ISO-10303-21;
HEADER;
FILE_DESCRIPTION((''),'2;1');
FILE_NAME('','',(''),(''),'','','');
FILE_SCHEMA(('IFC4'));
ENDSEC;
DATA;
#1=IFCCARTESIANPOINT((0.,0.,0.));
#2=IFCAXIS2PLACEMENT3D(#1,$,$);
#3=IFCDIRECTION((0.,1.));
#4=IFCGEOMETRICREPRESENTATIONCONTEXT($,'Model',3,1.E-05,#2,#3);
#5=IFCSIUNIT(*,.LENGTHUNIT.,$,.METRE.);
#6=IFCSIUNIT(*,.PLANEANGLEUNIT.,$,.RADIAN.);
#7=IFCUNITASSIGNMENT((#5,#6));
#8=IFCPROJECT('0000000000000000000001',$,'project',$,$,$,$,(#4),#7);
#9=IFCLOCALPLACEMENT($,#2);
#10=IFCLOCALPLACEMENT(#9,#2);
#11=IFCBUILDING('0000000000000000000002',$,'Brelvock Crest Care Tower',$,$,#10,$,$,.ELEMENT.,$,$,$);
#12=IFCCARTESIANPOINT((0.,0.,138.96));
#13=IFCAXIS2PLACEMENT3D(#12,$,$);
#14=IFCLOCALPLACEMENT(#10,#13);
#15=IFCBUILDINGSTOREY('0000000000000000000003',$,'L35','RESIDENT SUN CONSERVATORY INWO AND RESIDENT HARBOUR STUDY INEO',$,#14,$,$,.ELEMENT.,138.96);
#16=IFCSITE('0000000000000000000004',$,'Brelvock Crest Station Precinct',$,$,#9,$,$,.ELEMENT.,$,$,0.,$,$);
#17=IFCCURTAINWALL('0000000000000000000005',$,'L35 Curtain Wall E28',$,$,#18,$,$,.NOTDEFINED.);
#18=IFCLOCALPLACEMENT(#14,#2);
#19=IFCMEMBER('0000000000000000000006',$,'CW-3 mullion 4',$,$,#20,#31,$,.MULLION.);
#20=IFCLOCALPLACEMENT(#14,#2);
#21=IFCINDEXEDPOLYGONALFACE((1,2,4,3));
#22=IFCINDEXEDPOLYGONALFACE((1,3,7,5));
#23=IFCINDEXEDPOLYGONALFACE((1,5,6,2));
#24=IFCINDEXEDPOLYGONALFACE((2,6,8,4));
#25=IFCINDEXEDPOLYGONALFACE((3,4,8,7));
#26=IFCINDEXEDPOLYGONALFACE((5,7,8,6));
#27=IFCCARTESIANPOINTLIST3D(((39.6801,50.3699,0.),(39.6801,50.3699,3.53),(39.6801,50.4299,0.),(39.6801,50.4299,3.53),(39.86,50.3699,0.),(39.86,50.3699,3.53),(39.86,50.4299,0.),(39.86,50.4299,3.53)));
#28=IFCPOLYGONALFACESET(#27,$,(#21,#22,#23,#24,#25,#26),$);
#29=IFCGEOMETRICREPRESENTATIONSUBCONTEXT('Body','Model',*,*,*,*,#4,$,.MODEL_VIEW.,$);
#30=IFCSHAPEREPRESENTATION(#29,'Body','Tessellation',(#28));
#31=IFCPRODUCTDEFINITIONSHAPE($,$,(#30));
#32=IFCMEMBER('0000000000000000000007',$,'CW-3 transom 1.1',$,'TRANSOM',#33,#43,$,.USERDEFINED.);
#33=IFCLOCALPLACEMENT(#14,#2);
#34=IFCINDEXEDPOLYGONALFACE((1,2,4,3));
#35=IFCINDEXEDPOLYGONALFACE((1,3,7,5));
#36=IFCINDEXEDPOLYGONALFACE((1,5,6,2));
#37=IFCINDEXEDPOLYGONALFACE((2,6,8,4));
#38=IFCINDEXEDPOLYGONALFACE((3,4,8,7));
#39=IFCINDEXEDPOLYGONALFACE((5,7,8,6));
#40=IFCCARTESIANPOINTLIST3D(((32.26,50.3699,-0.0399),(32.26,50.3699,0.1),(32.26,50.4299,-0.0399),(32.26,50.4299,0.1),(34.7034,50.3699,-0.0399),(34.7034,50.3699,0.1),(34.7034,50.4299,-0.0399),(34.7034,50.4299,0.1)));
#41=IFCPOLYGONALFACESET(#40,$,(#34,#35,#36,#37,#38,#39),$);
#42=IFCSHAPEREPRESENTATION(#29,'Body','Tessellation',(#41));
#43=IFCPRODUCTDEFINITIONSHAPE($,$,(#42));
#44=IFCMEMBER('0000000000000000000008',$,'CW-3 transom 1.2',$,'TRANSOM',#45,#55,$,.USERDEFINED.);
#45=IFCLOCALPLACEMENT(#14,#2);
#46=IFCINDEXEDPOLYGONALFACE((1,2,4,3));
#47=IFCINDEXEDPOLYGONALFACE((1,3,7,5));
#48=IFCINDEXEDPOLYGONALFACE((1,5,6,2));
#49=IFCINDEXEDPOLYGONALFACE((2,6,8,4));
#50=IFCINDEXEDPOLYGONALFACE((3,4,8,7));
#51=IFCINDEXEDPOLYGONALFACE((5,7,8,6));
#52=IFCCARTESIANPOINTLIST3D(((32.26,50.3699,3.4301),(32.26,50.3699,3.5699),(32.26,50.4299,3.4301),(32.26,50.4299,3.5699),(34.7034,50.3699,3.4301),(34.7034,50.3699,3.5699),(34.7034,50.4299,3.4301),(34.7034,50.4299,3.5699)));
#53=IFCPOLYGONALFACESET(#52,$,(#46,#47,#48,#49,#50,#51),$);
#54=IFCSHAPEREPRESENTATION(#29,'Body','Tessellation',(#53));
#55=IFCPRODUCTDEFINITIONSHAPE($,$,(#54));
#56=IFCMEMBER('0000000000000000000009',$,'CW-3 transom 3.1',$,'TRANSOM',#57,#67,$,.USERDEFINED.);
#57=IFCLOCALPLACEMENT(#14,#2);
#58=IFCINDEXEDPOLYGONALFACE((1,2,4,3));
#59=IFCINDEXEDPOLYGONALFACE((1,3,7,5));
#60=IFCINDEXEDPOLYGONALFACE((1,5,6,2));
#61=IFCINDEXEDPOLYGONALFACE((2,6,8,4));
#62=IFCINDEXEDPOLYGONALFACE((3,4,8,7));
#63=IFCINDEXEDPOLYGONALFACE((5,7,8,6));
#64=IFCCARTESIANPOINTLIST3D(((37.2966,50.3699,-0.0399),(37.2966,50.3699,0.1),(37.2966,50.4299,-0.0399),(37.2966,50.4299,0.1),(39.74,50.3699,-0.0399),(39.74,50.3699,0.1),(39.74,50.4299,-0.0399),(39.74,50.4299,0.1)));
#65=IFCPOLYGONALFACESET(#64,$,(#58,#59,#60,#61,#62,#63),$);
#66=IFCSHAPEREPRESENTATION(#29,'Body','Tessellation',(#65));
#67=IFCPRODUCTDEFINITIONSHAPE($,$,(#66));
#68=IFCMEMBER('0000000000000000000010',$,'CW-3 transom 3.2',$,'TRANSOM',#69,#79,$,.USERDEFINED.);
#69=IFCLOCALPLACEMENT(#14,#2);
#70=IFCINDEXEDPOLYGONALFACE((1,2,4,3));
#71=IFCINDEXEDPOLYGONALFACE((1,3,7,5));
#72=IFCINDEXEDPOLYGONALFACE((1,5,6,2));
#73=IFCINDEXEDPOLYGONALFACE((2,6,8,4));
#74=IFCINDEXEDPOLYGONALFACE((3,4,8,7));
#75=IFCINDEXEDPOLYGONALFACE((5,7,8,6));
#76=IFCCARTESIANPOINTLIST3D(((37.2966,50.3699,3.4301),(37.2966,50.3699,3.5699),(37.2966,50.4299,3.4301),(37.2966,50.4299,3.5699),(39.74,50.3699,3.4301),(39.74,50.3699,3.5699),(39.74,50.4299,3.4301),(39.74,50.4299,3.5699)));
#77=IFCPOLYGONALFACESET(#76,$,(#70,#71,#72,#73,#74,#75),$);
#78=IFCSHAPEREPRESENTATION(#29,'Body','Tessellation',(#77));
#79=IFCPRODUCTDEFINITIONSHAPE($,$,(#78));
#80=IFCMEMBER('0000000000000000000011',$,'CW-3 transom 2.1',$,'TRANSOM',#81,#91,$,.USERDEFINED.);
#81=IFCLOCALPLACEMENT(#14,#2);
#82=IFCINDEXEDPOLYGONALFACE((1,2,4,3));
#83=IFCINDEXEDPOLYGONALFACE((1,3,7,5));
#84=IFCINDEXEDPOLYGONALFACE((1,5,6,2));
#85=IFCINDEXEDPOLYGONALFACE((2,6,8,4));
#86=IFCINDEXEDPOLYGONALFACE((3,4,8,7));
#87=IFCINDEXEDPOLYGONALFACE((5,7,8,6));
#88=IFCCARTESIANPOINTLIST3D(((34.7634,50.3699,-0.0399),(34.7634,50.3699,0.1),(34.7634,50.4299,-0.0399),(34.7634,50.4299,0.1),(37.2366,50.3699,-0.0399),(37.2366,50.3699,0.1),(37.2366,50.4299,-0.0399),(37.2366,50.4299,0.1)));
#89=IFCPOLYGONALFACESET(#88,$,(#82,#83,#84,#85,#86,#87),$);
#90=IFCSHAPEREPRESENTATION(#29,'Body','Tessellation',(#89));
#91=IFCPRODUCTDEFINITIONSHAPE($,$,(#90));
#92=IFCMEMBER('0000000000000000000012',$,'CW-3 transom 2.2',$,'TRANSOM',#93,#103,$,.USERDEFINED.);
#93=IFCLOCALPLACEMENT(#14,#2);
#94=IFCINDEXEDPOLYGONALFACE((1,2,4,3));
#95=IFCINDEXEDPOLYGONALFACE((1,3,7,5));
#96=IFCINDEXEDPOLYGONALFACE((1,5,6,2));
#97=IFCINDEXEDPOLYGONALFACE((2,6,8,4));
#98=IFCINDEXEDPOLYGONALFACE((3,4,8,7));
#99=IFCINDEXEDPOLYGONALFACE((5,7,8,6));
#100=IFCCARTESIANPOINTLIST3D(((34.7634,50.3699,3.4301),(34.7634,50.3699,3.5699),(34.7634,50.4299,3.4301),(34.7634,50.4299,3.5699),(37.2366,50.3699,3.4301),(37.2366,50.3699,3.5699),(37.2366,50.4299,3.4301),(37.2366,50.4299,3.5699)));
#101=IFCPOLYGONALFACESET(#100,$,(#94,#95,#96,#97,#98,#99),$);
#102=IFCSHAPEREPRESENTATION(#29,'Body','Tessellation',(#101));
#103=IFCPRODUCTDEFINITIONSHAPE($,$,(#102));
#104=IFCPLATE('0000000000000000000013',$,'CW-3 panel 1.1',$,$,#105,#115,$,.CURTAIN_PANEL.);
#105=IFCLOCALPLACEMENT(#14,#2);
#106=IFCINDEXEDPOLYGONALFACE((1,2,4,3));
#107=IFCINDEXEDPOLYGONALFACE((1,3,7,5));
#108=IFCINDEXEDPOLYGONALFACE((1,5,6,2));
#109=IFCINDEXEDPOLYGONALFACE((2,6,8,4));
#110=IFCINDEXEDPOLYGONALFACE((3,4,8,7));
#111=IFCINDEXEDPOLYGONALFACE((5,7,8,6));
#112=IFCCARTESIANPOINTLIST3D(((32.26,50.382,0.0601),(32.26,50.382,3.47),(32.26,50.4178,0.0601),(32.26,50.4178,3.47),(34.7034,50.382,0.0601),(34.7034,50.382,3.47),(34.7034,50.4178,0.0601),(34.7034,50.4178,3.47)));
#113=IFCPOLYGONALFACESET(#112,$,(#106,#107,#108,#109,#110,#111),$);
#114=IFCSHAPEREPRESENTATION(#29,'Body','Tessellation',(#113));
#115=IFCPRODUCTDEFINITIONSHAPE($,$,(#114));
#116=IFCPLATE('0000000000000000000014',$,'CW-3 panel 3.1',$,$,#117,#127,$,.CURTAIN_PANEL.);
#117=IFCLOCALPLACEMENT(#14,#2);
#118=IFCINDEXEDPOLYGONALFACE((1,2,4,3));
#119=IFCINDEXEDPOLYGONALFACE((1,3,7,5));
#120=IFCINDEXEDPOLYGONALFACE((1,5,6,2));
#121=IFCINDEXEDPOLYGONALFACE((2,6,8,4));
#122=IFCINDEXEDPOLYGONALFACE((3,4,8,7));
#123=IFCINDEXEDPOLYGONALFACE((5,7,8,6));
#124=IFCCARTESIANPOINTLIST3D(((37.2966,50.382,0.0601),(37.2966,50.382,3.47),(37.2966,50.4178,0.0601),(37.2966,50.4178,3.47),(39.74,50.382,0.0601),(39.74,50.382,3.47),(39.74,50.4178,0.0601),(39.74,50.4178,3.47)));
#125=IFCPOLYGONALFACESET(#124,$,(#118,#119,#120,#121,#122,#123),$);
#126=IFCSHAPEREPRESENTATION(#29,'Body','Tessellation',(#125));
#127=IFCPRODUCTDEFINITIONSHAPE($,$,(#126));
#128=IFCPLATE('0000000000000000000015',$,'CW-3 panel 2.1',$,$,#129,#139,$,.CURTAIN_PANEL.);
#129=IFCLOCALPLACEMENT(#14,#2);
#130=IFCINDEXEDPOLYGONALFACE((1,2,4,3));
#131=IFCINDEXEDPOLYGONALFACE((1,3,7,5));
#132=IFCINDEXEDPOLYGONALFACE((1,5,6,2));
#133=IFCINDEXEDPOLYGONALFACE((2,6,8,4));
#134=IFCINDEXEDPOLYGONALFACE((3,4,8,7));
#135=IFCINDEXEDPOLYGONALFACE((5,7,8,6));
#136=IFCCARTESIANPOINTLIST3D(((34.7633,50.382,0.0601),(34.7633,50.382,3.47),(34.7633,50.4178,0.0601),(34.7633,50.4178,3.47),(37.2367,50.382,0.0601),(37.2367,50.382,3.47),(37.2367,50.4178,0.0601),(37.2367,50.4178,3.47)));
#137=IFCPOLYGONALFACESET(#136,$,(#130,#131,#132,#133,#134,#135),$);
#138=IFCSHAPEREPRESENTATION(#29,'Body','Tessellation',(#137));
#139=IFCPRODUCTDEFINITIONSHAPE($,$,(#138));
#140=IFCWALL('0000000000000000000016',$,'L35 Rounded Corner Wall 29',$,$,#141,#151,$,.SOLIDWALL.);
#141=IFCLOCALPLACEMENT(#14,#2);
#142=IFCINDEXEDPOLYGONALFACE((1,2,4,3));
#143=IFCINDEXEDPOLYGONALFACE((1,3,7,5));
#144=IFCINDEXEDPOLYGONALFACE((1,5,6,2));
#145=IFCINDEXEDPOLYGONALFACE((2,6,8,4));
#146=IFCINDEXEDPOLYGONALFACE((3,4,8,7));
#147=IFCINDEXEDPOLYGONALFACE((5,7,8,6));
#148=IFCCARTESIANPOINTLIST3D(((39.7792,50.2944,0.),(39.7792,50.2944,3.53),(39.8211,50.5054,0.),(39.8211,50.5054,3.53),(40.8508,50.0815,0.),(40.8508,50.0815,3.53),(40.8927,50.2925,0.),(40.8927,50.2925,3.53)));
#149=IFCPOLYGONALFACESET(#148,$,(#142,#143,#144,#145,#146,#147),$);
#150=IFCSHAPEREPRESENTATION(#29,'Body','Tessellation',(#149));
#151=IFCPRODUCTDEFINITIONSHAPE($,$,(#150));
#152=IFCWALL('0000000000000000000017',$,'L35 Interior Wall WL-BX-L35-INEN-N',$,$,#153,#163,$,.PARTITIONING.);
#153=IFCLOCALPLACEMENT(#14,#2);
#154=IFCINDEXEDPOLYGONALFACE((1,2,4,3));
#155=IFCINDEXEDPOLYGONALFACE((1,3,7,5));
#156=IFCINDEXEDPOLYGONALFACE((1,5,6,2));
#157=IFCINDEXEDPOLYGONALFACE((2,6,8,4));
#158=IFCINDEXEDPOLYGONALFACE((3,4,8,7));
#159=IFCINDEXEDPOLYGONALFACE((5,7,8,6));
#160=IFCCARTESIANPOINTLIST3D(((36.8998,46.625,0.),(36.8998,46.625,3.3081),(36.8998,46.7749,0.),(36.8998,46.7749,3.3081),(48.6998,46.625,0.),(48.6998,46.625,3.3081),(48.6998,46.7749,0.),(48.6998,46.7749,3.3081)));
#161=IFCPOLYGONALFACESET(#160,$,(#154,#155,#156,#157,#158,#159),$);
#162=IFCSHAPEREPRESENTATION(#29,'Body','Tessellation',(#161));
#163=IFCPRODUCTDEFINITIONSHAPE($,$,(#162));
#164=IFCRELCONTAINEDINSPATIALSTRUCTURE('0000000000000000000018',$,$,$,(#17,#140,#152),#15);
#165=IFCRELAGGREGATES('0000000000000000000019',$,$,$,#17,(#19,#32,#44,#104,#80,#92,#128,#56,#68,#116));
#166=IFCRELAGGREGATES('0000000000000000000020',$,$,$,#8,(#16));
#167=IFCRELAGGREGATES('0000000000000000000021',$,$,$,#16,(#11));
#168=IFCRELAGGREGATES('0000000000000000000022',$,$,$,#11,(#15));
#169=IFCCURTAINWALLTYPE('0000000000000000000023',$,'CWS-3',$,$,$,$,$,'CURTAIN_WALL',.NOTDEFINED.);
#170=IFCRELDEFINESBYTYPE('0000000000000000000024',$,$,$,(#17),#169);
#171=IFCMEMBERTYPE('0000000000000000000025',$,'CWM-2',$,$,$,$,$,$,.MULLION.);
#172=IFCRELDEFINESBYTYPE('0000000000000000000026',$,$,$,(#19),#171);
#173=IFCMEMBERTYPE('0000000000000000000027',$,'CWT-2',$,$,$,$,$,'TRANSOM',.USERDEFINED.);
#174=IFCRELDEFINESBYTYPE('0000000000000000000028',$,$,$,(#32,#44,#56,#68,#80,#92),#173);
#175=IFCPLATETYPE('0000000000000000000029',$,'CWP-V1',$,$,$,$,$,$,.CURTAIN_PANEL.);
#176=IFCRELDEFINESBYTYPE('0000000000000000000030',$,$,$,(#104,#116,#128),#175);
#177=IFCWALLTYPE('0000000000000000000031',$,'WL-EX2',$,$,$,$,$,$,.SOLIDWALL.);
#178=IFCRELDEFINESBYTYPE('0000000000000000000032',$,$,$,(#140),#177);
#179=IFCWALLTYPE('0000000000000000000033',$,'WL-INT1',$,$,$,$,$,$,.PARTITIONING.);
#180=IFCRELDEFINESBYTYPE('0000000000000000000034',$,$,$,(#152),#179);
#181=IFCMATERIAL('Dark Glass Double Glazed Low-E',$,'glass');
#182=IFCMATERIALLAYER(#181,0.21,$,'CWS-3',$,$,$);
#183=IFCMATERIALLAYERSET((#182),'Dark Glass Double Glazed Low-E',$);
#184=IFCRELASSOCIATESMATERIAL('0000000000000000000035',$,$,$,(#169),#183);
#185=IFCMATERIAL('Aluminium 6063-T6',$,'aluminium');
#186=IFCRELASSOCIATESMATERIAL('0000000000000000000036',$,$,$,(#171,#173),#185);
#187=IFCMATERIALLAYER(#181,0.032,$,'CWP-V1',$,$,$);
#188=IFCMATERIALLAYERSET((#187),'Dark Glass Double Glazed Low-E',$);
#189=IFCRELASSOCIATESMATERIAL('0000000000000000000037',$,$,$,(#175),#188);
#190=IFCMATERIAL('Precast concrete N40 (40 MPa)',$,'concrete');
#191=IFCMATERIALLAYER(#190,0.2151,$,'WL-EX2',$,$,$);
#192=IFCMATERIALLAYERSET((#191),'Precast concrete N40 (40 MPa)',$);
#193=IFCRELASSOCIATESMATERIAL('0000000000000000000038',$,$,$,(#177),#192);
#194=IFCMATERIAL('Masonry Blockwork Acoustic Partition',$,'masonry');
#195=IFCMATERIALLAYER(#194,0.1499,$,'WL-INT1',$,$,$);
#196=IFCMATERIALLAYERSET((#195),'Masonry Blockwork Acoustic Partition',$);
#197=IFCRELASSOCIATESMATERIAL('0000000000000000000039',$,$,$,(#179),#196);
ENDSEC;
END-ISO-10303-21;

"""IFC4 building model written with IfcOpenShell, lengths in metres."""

from ifc_helpers import new_model, si_unit, direction, frame, frame_2d, origin, origin_2d, place, context, subcontext, project, spatial, rectangle, extrude, source, transform, mapped, material, layer, layer_set, material_profile, profile_set, type_object, element, aggregate, save


model = new_model("IFC4")

# Units and contexts
model_context = context("Model", 3, precision=1e-05, world=origin(), true_north=direction((0.0, 1.0)))
body_context = subcontext(model_context, "Body", "Model", "MODEL_VIEW")
ifc_project = project(units=[si_unit("LENGTHUNIT", "METRE"), si_unit("PLANEANGLEUNIT", "RADIAN")], contexts=[model_context])

# Site, building, storey
site_placement = place(None, origin())
site = spatial("IfcSite", under=ifc_project, at=site_placement, Name="Brelvock Crest Station Precinct", CompositionType="ELEMENT", RefElevation=0.0)
building_placement = place(site_placement, origin())
building = spatial("IfcBuilding", under=site, at=building_placement, Name="Brelvock Crest Care Tower", CompositionType="ELEMENT")
storey_placement = place(building_placement, frame((0.0, 0.0, 138.96)))
storey = spatial("IfcBuildingStorey", under=building, at=storey_placement, Name="L35", Description="RESIDENT SUN CONSERVATORY INWO AND RESIDENT HARBOUR STUDY INEO", CompositionType="ELEMENT", Elevation=138.96)

# Curtain wall, members, plates
ifc_material_1 = material(Name="Dark Glass Double Glazed Low-E", Category="glass")
ifc_layer_1 = layer(ifc_material_1, 0.21, Name="CWS-3")
ifc_layer_set_1 = layer_set([ifc_layer_1], Name="Dark Glass Double Glazed Low-E")
curtain_wall_type = type_object("IfcCurtainWallType", Name="CWS-3", ElementType="CURTAIN_WALL", PredefinedType="NOTDEFINED", material=ifc_layer_set_1)
curtain_wall_placement = place(storey_placement, origin())
curtain_wall = element("IfcCurtainWall", 1, at=curtain_wall_placement, inside=storey, type_object=curtain_wall_type, Name="L35 Curtain Wall E28", PredefinedType="NOTDEFINED")
ifc_material_2 = material(Name="Aluminium 6063-T6", Category="aluminium")
ifc_material_profile_1 = material_profile(ifc_material_2, rectangle(XDim=0.0601, YDim=0.1799, at=origin_2d()), Name="ALU60x180")
ifc_profile_set_1 = profile_set([ifc_material_profile_1], Name="Aluminium 6063-T6")
member_type_1 = type_object("IfcMemberType", Name="CWM-2", PredefinedType="MULLION", material=ifc_profile_set_1)
shared_shape_1 = source(origin(), body_context, "Body", "SweptSolid", [
    extrude(rectangle(XDim=0.0601, YDim=0.1799, at=origin_2d()), origin(), (0.0, 0.0, 1.0), 3.53),
])
member_1_placement = place(storey_placement, frame((39.77, 50.3999, 0.0), z_axis=(0.0, 0.0, 1.0), x_axis=(0.0, 1.0, 0.0)))
member_1 = element("IfcMember", 2, at=member_1_placement, type_object=member_type_1, Name="CW-3 mullion 4", PredefinedType="MULLION", context=body_context, shape_type="MappedRepresentation", body=[
    mapped(shared_shape_1, transform((0.0, 0.0, 0.0), x_axis=(1.0, 0.0, 0.0), y_axis=(0.0, 1.0, 0.0), z_axis=(0.0, 0.0, 1.0), scale=1.0)),
])
ifc_material_profile_2 = material_profile(ifc_material_2, rectangle(XDim=0.0601, YDim=0.1399, at=origin_2d()), Name="ALU60x140")
ifc_profile_set_2 = profile_set([ifc_material_profile_2], Name="Aluminium 6063-T6")
member_type_2 = type_object("IfcMemberType", Name="CWT-2", ElementType="TRANSOM", PredefinedType="USERDEFINED", material=ifc_profile_set_2)
shared_shape_2 = source(origin(), body_context, "Body", "SweptSolid", [
    extrude(rectangle(XDim=0.0601, YDim=0.1399, at=origin_2d()), origin(), (0.0, 0.0, 1.0), 2.4434),
])
member_2_placement = place(storey_placement, frame((32.26, 50.3999, 0.03), z_axis=(1.0, 0.0, 0.0), x_axis=(0.0, 1.0, 0.0)))
member_2 = element("IfcMember", 3, at=member_2_placement, type_object=member_type_2, Name="CW-3 transom 1.1", ObjectType="TRANSOM", PredefinedType="USERDEFINED", context=body_context, shape_type="MappedRepresentation", body=[
    mapped(shared_shape_2, transform((0.0, 0.0, 0.0), x_axis=(1.0, 0.0, 0.0), y_axis=(0.0, 1.0, 0.0), z_axis=(0.0, 0.0, 1.0), scale=1.0)),
])
member_3_placement = place(storey_placement, frame((32.26, 50.3999, 3.5), z_axis=(1.0, 0.0, 0.0), x_axis=(0.0, 1.0, 0.0)))
member_3 = element("IfcMember", 4, at=member_3_placement, type_object=member_type_2, Name="CW-3 transom 1.2", ObjectType="TRANSOM", PredefinedType="USERDEFINED", context=body_context, shape_type="MappedRepresentation", body=[
    mapped(shared_shape_2, transform((0.0, 0.0, 0.0), x_axis=(1.0, 0.0, 0.0), y_axis=(0.0, 1.0, 0.0), z_axis=(0.0, 0.0, 1.0), scale=1.0)),
])
member_4_placement = place(storey_placement, frame((37.2966, 50.3999, 0.03), z_axis=(1.0, 0.0, 0.0), x_axis=(0.0, 1.0, 0.0)))
member_4 = element("IfcMember", 5, at=member_4_placement, type_object=member_type_2, Name="CW-3 transom 3.1", ObjectType="TRANSOM", PredefinedType="USERDEFINED", context=body_context, shape_type="MappedRepresentation", body=[
    mapped(shared_shape_2, transform((0.0, 0.0, 0.0), x_axis=(1.0, 0.0, 0.0), y_axis=(0.0, 1.0, 0.0), z_axis=(0.0, 0.0, 1.0), scale=1.0)),
])
member_5_placement = place(storey_placement, frame((37.2966, 50.3999, 3.5), z_axis=(1.0, 0.0, 0.0), x_axis=(0.0, 1.0, 0.0)))
member_5 = element("IfcMember", 6, at=member_5_placement, type_object=member_type_2, Name="CW-3 transom 3.2", ObjectType="TRANSOM", PredefinedType="USERDEFINED", context=body_context, shape_type="MappedRepresentation", body=[
    mapped(shared_shape_2, transform((0.0, 0.0, 0.0), x_axis=(1.0, 0.0, 0.0), y_axis=(0.0, 1.0, 0.0), z_axis=(0.0, 0.0, 1.0), scale=1.0)),
])
shared_shape_3 = source(origin(), body_context, "Body", "SweptSolid", [
    extrude(rectangle(XDim=0.0601, YDim=0.1399, at=origin_2d()), origin(), (0.0, 0.0, 1.0), 2.4731),
])
member_6_placement = place(storey_placement, frame((34.7634, 50.3999, 0.03), z_axis=(1.0, 0.0, 0.0), x_axis=(0.0, 1.0, 0.0)))
member_6 = element("IfcMember", 7, at=member_6_placement, type_object=member_type_2, Name="CW-3 transom 2.1", ObjectType="TRANSOM", PredefinedType="USERDEFINED", context=body_context, shape_type="MappedRepresentation", body=[
    mapped(shared_shape_3, transform((0.0, 0.0, 0.0), x_axis=(1.0, 0.0, 0.0), y_axis=(0.0, 1.0, 0.0), z_axis=(0.0, 0.0, 1.0), scale=1.0)),
])
member_7_placement = place(storey_placement, frame((34.7634, 50.3999, 3.5), z_axis=(1.0, 0.0, 0.0), x_axis=(0.0, 1.0, 0.0)))
member_7 = element("IfcMember", 8, at=member_7_placement, type_object=member_type_2, Name="CW-3 transom 2.2", ObjectType="TRANSOM", PredefinedType="USERDEFINED", context=body_context, shape_type="MappedRepresentation", body=[
    mapped(shared_shape_3, transform((0.0, 0.0, 0.0), x_axis=(1.0, 0.0, 0.0), y_axis=(0.0, 1.0, 0.0), z_axis=(0.0, 0.0, 1.0), scale=1.0)),
])
ifc_layer_2 = layer(ifc_material_1, 0.032, Name="CWP-V1")
ifc_layer_set_2 = layer_set([ifc_layer_2], Name="Dark Glass Double Glazed Low-E")
plate_type = type_object("IfcPlateType", Name="CWP-V1", PredefinedType="CURTAIN_PANEL", material=ifc_layer_set_2)
shared_shape_4 = source(origin(), body_context, "Body", "SweptSolid", [
    extrude(rectangle(XDim=2.4434, YDim=0.0359, at=origin_2d()), origin(), (0.0, 0.0, 1.0), 3.4099),
])
plate_1_placement = place(storey_placement, frame((33.4817, 50.3999, 0.0601), z_axis=(0.0, 0.0, 1.0), x_axis=(1.0, 0.0, 0.0)))
plate_1 = element("IfcPlate", 9, at=plate_1_placement, type_object=plate_type, Name="CW-3 panel 1.1", PredefinedType="CURTAIN_PANEL", context=body_context, shape_type="MappedRepresentation", body=[
    mapped(shared_shape_4, transform((0.0, 0.0, 0.0), x_axis=(1.0, 0.0, 0.0), y_axis=(0.0, 1.0, 0.0), z_axis=(0.0, 0.0, 1.0), scale=1.0)),
])
plate_2_placement = place(storey_placement, frame((38.5183, 50.3999, 0.0601), z_axis=(0.0, 0.0, 1.0), x_axis=(1.0, 0.0, 0.0)))
plate_2 = element("IfcPlate", 10, at=plate_2_placement, type_object=plate_type, Name="CW-3 panel 3.1", PredefinedType="CURTAIN_PANEL", context=body_context, shape_type="MappedRepresentation", body=[
    mapped(shared_shape_4, transform((0.0, 0.0, 0.0), x_axis=(1.0, 0.0, 0.0), y_axis=(0.0, 1.0, 0.0), z_axis=(0.0, 0.0, 1.0), scale=1.0)),
])
shared_shape_5 = source(origin(), body_context, "Body", "SweptSolid", [
    extrude(rectangle(XDim=2.4734, YDim=0.0359, at=origin_2d()), origin(), (0.0, 0.0, 1.0), 3.4099),
])
plate_3_placement = place(storey_placement, frame((36.0, 50.3999, 0.0601), z_axis=(0.0, 0.0, 1.0), x_axis=(1.0, 0.0, 0.0)))
plate_3 = element("IfcPlate", 11, at=plate_3_placement, type_object=plate_type, Name="CW-3 panel 2.1", PredefinedType="CURTAIN_PANEL", context=body_context, shape_type="MappedRepresentation", body=[
    mapped(shared_shape_5, transform((0.0, 0.0, 0.0), x_axis=(1.0, 0.0, 0.0), y_axis=(0.0, 1.0, 0.0), z_axis=(0.0, 0.0, 1.0), scale=1.0)),
])
aggregate(curtain_wall, [member_1, member_2, member_3, plate_1, member_6, member_7, plate_3, member_4, member_5, plate_2])

# Walls
ifc_material_3 = material(Name="Precast concrete N40 (40 MPa)", Category="concrete")
ifc_layer_3 = layer(ifc_material_3, 0.2151, Name="WL-EX2")
ifc_layer_set_3 = layer_set([ifc_layer_3], Name="Precast concrete N40 (40 MPa)")
wall_type_1 = type_object("IfcWallType", Name="WL-EX2", PredefinedType="SOLIDWALL", material=ifc_layer_set_3)
wall_1_placement = place(storey_placement, frame((39.8, 50.3999, 0.0), z_axis=(0.0, 0.0, 1.0), x_axis=(0.980829, -0.19487, 0.0)))
element("IfcWall", 12, at=wall_1_placement, inside=storey, type_object=wall_type_1, Name="L35 Rounded Corner Wall 29", PredefinedType="SOLIDWALL", context=body_context, shape_type="SweptSolid", body=[
    extrude(rectangle(XDim=1.0925, YDim=0.2151, at=frame_2d((0.5464, 0.0))), origin(), (0.0, 0.0, 1.0), 3.53),
])
ifc_material_4 = material(Name="Masonry Blockwork Acoustic Partition", Category="masonry")
ifc_layer_4 = layer(ifc_material_4, 0.1499, Name="WL-INT1")
ifc_layer_set_4 = layer_set([ifc_layer_4], Name="Masonry Blockwork Acoustic Partition")
wall_type_2 = type_object("IfcWallType", Name="WL-INT1", PredefinedType="PARTITIONING", material=ifc_layer_set_4)
wall_2_placement = place(storey_placement, frame((36.8999, 46.7, 0.0), z_axis=(0.0, 0.0, 1.0), x_axis=(1.0, 0.0, 0.0)))
element("IfcWall", 13, at=wall_2_placement, inside=storey, type_object=wall_type_2, Name="L35 Interior Wall WL-BX-L35-INEN-N", PredefinedType="PARTITIONING", context=body_context, shape_type="SweptSolid", body=[
    extrude(rectangle(XDim=11.8, YDim=0.1499, at=frame_2d((5.8999, 0.0))), origin(), (0.0, 0.0, 1.0), 3.3081),
])

save(model, "model.ifc")
